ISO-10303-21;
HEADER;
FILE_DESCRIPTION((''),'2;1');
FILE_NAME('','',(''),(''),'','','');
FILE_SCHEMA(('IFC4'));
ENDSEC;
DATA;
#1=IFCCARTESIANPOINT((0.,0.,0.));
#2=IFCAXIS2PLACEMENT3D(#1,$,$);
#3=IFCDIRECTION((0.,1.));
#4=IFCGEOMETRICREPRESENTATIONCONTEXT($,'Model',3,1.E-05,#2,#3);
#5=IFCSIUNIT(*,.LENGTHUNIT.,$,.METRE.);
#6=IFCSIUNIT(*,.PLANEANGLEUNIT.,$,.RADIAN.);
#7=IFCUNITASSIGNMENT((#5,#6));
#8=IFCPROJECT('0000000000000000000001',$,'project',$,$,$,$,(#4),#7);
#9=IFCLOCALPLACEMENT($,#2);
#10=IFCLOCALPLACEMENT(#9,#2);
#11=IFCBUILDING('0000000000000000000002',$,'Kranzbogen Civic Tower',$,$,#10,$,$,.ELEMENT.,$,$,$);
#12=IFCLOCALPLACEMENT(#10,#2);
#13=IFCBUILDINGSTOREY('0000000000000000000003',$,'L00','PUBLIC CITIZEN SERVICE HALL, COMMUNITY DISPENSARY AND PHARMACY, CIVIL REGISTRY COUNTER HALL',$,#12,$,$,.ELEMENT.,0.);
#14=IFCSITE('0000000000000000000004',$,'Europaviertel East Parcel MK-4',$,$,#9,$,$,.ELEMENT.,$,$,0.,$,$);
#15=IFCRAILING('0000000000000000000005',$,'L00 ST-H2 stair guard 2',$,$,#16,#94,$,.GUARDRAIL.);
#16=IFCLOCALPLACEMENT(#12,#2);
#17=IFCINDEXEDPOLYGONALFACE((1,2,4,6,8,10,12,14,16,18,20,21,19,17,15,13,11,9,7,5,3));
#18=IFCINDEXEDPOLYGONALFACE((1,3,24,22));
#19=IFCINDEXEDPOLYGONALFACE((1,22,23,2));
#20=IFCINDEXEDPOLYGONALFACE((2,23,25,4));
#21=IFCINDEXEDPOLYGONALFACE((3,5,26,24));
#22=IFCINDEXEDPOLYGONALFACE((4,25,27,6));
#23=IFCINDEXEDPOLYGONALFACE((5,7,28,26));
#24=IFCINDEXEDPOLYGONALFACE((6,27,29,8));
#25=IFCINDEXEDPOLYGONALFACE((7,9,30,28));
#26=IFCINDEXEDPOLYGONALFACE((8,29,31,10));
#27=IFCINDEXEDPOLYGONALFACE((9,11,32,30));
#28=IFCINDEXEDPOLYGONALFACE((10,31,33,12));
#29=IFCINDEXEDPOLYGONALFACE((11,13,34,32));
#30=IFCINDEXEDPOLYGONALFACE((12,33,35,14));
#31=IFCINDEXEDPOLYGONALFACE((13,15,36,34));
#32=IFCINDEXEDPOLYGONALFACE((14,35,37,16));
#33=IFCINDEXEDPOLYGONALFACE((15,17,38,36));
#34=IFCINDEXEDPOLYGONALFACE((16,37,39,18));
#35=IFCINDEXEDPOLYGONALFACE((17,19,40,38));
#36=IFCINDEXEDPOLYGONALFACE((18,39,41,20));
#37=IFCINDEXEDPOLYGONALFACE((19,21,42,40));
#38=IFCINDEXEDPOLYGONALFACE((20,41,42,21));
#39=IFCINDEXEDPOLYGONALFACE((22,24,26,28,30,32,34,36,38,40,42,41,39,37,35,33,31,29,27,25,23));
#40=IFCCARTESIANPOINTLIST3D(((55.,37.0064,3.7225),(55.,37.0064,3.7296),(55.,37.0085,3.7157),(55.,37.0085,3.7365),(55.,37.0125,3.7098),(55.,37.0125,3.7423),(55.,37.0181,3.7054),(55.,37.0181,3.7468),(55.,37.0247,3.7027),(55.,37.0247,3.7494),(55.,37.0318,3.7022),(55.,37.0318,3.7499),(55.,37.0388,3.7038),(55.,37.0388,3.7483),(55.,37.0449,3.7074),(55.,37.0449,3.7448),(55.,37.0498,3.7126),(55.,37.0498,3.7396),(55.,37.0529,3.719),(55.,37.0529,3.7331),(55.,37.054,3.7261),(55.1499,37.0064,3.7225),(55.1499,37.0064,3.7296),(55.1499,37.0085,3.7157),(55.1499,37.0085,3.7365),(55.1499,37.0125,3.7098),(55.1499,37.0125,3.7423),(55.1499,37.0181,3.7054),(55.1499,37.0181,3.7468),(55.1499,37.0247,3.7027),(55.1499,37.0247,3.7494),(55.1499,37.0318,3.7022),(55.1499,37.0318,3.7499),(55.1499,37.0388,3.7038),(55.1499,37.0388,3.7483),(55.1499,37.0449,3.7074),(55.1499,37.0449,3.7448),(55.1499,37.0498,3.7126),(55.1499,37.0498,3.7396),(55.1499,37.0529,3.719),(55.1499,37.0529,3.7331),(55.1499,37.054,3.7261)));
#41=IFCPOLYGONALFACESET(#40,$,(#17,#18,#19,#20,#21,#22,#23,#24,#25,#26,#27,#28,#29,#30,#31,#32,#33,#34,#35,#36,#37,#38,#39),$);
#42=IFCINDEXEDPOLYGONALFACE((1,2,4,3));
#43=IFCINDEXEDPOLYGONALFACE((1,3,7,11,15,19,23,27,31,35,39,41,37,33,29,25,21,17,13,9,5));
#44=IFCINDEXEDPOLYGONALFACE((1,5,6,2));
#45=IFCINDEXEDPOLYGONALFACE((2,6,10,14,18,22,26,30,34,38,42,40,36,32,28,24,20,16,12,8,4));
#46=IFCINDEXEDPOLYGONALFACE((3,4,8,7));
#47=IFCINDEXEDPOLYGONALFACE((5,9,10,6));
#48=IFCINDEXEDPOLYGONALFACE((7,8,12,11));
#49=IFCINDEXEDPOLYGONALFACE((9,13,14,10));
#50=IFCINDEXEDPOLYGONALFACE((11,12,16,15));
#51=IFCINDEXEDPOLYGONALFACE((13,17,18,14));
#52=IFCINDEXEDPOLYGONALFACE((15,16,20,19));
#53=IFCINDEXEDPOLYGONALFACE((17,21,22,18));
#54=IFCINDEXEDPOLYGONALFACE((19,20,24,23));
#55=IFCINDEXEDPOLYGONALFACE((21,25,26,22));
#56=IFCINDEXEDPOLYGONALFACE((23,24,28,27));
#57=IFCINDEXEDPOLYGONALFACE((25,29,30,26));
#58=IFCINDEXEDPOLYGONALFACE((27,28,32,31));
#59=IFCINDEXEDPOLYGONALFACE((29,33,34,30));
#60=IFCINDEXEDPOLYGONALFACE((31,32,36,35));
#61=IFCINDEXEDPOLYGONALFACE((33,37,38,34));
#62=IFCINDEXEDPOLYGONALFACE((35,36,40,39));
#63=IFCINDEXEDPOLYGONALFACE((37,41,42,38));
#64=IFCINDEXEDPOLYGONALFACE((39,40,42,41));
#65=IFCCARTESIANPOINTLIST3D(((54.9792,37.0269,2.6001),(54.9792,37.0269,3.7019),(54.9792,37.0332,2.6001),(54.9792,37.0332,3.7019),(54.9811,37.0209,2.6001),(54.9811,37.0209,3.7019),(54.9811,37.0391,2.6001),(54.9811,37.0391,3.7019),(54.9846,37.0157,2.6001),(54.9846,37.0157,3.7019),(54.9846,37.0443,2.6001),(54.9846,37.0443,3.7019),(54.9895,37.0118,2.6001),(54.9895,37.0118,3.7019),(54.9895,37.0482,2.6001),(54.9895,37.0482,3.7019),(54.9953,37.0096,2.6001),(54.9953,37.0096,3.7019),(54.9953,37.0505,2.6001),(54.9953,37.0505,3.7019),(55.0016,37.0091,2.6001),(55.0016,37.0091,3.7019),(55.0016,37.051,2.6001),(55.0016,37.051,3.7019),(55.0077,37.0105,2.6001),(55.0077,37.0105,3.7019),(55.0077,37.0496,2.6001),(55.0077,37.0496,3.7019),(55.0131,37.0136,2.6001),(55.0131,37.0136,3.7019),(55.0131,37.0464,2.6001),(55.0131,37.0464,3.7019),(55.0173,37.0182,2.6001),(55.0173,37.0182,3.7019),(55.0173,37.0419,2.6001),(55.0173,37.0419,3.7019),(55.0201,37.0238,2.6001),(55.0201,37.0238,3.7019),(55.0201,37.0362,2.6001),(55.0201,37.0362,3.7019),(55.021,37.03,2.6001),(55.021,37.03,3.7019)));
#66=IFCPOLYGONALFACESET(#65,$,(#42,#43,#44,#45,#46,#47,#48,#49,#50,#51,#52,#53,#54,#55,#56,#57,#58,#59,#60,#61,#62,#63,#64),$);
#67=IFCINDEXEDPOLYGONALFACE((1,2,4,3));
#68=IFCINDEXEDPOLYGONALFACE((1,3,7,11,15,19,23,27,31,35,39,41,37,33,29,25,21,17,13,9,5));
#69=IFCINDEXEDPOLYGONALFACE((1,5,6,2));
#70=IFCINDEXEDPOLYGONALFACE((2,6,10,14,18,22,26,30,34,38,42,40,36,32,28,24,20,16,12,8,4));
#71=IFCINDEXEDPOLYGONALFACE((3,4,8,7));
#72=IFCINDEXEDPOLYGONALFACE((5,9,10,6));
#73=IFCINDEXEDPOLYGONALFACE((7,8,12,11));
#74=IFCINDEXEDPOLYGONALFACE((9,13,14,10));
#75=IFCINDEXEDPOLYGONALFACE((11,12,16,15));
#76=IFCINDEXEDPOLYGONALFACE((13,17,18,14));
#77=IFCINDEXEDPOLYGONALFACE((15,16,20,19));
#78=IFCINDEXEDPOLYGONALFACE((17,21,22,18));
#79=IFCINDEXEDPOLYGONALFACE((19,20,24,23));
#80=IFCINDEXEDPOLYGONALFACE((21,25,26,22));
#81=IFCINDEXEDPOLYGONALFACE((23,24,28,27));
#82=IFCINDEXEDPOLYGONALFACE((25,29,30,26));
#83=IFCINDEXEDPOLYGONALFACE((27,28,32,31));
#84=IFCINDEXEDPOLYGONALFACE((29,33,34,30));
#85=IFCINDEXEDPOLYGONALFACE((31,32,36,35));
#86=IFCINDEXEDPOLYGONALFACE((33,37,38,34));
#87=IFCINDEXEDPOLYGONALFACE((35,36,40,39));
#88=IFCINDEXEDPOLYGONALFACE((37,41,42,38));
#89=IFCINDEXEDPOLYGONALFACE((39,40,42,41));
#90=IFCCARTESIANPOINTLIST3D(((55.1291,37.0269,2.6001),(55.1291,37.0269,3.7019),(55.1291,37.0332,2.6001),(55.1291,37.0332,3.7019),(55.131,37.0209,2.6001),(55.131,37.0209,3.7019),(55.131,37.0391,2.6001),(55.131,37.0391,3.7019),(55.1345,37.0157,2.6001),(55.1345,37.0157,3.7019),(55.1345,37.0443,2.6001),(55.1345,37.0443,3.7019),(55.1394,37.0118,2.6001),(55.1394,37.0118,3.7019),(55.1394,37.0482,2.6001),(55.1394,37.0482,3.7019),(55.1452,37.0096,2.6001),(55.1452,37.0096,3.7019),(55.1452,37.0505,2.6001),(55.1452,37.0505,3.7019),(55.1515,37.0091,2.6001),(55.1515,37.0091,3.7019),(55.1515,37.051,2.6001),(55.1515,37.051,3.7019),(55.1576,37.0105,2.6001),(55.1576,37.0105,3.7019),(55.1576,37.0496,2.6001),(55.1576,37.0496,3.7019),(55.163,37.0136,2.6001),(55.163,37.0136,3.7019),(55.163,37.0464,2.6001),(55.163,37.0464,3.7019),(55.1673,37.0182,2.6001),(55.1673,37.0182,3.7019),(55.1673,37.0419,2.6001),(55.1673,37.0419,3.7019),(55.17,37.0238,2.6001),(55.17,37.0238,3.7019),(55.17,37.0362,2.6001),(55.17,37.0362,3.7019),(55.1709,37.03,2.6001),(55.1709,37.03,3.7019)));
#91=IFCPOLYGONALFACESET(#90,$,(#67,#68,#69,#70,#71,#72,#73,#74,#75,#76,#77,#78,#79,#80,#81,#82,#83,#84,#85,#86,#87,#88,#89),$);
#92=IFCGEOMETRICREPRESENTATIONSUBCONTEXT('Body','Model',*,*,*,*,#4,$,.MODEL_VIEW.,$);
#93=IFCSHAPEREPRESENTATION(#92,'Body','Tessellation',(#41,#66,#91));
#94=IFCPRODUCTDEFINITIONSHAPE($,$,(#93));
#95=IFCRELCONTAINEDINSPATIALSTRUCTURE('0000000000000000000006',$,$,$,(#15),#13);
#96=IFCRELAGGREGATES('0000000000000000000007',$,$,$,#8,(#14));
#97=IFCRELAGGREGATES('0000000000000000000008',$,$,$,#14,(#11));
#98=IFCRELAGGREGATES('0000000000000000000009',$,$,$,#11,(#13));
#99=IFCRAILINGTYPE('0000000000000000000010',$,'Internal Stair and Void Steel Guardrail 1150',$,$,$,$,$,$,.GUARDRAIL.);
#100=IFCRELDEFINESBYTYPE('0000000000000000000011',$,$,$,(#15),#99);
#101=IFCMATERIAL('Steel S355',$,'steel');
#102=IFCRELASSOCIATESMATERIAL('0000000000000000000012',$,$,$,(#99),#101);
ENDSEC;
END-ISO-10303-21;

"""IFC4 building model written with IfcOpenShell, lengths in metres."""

from ifc_helpers import new_model, si_unit, direction, frame, origin, origin_2d, place, context, subcontext, project, spatial, circle, extrude, material, type_object, element, save


model = new_model("IFC4")

# Units and contexts
model_context = context("Model", 3, precision=1e-05, world=origin(), true_north=direction((0.0, 1.0)))
body_context = subcontext(model_context, "Body", "Model", "MODEL_VIEW")
ifc_project = project(units=[si_unit("LENGTHUNIT", "METRE"), si_unit("PLANEANGLEUNIT", "RADIAN")], contexts=[model_context])

# Site, building, storey
site_placement = place(None, origin())
site = spatial("IfcSite", under=ifc_project, at=site_placement, Name="Europaviertel East Parcel MK-4", CompositionType="ELEMENT", RefElevation=0.0)
building_placement = place(site_placement, origin())
building = spatial("IfcBuilding", under=site, at=building_placement, Name="Kranzbogen Civic Tower", CompositionType="ELEMENT")
storey_placement = place(building_placement, origin())
storey = spatial("IfcBuildingStorey", under=building, at=storey_placement, Name="L00", Description="PUBLIC CITIZEN SERVICE HALL, COMMUNITY DISPENSARY AND PHARMACY, CIVIL REGISTRY COUNTER HALL", CompositionType="ELEMENT", Elevation=0.0)

# Shared definitions
ifc_material_1 = material(Name="Steel S355", Category="steel")

# Railing
railing_type_1 = type_object("IfcRailingType", Name="Internal Stair and Void Steel Guardrail 1150", PredefinedType="GUARDRAIL", material=ifc_material_1)
railing_1_placement = place(storey_placement, frame((55.0, 37.03, 2.6001)))
element("IfcRailing", 1, at=railing_1_placement, inside=storey, type_object=railing_type_1, Name="L00 ST-H2 stair guard 2", PredefinedType="GUARDRAIL", context=body_context, shape_type="SweptSolid", body=[
    extrude(circle(Radius=0.0239, at=origin_2d()), frame((0.0, 0.0, 1.126), z_axis=(1.0, 0.0, 0.0), x_axis=(0.0, 1.0, 0.0)), (0.0, 0.0, 1.0), 0.1499),
    extrude(circle(Radius=0.021, at=origin_2d()), origin(), (0.0, 0.0, 1.0), 1.1018),
    extrude(circle(Radius=0.021, at=origin_2d()), frame((0.1499, 0.0, 0.0)), (0.0, 0.0, 1.0), 1.1018),
])

save(model, "model.ifc")
